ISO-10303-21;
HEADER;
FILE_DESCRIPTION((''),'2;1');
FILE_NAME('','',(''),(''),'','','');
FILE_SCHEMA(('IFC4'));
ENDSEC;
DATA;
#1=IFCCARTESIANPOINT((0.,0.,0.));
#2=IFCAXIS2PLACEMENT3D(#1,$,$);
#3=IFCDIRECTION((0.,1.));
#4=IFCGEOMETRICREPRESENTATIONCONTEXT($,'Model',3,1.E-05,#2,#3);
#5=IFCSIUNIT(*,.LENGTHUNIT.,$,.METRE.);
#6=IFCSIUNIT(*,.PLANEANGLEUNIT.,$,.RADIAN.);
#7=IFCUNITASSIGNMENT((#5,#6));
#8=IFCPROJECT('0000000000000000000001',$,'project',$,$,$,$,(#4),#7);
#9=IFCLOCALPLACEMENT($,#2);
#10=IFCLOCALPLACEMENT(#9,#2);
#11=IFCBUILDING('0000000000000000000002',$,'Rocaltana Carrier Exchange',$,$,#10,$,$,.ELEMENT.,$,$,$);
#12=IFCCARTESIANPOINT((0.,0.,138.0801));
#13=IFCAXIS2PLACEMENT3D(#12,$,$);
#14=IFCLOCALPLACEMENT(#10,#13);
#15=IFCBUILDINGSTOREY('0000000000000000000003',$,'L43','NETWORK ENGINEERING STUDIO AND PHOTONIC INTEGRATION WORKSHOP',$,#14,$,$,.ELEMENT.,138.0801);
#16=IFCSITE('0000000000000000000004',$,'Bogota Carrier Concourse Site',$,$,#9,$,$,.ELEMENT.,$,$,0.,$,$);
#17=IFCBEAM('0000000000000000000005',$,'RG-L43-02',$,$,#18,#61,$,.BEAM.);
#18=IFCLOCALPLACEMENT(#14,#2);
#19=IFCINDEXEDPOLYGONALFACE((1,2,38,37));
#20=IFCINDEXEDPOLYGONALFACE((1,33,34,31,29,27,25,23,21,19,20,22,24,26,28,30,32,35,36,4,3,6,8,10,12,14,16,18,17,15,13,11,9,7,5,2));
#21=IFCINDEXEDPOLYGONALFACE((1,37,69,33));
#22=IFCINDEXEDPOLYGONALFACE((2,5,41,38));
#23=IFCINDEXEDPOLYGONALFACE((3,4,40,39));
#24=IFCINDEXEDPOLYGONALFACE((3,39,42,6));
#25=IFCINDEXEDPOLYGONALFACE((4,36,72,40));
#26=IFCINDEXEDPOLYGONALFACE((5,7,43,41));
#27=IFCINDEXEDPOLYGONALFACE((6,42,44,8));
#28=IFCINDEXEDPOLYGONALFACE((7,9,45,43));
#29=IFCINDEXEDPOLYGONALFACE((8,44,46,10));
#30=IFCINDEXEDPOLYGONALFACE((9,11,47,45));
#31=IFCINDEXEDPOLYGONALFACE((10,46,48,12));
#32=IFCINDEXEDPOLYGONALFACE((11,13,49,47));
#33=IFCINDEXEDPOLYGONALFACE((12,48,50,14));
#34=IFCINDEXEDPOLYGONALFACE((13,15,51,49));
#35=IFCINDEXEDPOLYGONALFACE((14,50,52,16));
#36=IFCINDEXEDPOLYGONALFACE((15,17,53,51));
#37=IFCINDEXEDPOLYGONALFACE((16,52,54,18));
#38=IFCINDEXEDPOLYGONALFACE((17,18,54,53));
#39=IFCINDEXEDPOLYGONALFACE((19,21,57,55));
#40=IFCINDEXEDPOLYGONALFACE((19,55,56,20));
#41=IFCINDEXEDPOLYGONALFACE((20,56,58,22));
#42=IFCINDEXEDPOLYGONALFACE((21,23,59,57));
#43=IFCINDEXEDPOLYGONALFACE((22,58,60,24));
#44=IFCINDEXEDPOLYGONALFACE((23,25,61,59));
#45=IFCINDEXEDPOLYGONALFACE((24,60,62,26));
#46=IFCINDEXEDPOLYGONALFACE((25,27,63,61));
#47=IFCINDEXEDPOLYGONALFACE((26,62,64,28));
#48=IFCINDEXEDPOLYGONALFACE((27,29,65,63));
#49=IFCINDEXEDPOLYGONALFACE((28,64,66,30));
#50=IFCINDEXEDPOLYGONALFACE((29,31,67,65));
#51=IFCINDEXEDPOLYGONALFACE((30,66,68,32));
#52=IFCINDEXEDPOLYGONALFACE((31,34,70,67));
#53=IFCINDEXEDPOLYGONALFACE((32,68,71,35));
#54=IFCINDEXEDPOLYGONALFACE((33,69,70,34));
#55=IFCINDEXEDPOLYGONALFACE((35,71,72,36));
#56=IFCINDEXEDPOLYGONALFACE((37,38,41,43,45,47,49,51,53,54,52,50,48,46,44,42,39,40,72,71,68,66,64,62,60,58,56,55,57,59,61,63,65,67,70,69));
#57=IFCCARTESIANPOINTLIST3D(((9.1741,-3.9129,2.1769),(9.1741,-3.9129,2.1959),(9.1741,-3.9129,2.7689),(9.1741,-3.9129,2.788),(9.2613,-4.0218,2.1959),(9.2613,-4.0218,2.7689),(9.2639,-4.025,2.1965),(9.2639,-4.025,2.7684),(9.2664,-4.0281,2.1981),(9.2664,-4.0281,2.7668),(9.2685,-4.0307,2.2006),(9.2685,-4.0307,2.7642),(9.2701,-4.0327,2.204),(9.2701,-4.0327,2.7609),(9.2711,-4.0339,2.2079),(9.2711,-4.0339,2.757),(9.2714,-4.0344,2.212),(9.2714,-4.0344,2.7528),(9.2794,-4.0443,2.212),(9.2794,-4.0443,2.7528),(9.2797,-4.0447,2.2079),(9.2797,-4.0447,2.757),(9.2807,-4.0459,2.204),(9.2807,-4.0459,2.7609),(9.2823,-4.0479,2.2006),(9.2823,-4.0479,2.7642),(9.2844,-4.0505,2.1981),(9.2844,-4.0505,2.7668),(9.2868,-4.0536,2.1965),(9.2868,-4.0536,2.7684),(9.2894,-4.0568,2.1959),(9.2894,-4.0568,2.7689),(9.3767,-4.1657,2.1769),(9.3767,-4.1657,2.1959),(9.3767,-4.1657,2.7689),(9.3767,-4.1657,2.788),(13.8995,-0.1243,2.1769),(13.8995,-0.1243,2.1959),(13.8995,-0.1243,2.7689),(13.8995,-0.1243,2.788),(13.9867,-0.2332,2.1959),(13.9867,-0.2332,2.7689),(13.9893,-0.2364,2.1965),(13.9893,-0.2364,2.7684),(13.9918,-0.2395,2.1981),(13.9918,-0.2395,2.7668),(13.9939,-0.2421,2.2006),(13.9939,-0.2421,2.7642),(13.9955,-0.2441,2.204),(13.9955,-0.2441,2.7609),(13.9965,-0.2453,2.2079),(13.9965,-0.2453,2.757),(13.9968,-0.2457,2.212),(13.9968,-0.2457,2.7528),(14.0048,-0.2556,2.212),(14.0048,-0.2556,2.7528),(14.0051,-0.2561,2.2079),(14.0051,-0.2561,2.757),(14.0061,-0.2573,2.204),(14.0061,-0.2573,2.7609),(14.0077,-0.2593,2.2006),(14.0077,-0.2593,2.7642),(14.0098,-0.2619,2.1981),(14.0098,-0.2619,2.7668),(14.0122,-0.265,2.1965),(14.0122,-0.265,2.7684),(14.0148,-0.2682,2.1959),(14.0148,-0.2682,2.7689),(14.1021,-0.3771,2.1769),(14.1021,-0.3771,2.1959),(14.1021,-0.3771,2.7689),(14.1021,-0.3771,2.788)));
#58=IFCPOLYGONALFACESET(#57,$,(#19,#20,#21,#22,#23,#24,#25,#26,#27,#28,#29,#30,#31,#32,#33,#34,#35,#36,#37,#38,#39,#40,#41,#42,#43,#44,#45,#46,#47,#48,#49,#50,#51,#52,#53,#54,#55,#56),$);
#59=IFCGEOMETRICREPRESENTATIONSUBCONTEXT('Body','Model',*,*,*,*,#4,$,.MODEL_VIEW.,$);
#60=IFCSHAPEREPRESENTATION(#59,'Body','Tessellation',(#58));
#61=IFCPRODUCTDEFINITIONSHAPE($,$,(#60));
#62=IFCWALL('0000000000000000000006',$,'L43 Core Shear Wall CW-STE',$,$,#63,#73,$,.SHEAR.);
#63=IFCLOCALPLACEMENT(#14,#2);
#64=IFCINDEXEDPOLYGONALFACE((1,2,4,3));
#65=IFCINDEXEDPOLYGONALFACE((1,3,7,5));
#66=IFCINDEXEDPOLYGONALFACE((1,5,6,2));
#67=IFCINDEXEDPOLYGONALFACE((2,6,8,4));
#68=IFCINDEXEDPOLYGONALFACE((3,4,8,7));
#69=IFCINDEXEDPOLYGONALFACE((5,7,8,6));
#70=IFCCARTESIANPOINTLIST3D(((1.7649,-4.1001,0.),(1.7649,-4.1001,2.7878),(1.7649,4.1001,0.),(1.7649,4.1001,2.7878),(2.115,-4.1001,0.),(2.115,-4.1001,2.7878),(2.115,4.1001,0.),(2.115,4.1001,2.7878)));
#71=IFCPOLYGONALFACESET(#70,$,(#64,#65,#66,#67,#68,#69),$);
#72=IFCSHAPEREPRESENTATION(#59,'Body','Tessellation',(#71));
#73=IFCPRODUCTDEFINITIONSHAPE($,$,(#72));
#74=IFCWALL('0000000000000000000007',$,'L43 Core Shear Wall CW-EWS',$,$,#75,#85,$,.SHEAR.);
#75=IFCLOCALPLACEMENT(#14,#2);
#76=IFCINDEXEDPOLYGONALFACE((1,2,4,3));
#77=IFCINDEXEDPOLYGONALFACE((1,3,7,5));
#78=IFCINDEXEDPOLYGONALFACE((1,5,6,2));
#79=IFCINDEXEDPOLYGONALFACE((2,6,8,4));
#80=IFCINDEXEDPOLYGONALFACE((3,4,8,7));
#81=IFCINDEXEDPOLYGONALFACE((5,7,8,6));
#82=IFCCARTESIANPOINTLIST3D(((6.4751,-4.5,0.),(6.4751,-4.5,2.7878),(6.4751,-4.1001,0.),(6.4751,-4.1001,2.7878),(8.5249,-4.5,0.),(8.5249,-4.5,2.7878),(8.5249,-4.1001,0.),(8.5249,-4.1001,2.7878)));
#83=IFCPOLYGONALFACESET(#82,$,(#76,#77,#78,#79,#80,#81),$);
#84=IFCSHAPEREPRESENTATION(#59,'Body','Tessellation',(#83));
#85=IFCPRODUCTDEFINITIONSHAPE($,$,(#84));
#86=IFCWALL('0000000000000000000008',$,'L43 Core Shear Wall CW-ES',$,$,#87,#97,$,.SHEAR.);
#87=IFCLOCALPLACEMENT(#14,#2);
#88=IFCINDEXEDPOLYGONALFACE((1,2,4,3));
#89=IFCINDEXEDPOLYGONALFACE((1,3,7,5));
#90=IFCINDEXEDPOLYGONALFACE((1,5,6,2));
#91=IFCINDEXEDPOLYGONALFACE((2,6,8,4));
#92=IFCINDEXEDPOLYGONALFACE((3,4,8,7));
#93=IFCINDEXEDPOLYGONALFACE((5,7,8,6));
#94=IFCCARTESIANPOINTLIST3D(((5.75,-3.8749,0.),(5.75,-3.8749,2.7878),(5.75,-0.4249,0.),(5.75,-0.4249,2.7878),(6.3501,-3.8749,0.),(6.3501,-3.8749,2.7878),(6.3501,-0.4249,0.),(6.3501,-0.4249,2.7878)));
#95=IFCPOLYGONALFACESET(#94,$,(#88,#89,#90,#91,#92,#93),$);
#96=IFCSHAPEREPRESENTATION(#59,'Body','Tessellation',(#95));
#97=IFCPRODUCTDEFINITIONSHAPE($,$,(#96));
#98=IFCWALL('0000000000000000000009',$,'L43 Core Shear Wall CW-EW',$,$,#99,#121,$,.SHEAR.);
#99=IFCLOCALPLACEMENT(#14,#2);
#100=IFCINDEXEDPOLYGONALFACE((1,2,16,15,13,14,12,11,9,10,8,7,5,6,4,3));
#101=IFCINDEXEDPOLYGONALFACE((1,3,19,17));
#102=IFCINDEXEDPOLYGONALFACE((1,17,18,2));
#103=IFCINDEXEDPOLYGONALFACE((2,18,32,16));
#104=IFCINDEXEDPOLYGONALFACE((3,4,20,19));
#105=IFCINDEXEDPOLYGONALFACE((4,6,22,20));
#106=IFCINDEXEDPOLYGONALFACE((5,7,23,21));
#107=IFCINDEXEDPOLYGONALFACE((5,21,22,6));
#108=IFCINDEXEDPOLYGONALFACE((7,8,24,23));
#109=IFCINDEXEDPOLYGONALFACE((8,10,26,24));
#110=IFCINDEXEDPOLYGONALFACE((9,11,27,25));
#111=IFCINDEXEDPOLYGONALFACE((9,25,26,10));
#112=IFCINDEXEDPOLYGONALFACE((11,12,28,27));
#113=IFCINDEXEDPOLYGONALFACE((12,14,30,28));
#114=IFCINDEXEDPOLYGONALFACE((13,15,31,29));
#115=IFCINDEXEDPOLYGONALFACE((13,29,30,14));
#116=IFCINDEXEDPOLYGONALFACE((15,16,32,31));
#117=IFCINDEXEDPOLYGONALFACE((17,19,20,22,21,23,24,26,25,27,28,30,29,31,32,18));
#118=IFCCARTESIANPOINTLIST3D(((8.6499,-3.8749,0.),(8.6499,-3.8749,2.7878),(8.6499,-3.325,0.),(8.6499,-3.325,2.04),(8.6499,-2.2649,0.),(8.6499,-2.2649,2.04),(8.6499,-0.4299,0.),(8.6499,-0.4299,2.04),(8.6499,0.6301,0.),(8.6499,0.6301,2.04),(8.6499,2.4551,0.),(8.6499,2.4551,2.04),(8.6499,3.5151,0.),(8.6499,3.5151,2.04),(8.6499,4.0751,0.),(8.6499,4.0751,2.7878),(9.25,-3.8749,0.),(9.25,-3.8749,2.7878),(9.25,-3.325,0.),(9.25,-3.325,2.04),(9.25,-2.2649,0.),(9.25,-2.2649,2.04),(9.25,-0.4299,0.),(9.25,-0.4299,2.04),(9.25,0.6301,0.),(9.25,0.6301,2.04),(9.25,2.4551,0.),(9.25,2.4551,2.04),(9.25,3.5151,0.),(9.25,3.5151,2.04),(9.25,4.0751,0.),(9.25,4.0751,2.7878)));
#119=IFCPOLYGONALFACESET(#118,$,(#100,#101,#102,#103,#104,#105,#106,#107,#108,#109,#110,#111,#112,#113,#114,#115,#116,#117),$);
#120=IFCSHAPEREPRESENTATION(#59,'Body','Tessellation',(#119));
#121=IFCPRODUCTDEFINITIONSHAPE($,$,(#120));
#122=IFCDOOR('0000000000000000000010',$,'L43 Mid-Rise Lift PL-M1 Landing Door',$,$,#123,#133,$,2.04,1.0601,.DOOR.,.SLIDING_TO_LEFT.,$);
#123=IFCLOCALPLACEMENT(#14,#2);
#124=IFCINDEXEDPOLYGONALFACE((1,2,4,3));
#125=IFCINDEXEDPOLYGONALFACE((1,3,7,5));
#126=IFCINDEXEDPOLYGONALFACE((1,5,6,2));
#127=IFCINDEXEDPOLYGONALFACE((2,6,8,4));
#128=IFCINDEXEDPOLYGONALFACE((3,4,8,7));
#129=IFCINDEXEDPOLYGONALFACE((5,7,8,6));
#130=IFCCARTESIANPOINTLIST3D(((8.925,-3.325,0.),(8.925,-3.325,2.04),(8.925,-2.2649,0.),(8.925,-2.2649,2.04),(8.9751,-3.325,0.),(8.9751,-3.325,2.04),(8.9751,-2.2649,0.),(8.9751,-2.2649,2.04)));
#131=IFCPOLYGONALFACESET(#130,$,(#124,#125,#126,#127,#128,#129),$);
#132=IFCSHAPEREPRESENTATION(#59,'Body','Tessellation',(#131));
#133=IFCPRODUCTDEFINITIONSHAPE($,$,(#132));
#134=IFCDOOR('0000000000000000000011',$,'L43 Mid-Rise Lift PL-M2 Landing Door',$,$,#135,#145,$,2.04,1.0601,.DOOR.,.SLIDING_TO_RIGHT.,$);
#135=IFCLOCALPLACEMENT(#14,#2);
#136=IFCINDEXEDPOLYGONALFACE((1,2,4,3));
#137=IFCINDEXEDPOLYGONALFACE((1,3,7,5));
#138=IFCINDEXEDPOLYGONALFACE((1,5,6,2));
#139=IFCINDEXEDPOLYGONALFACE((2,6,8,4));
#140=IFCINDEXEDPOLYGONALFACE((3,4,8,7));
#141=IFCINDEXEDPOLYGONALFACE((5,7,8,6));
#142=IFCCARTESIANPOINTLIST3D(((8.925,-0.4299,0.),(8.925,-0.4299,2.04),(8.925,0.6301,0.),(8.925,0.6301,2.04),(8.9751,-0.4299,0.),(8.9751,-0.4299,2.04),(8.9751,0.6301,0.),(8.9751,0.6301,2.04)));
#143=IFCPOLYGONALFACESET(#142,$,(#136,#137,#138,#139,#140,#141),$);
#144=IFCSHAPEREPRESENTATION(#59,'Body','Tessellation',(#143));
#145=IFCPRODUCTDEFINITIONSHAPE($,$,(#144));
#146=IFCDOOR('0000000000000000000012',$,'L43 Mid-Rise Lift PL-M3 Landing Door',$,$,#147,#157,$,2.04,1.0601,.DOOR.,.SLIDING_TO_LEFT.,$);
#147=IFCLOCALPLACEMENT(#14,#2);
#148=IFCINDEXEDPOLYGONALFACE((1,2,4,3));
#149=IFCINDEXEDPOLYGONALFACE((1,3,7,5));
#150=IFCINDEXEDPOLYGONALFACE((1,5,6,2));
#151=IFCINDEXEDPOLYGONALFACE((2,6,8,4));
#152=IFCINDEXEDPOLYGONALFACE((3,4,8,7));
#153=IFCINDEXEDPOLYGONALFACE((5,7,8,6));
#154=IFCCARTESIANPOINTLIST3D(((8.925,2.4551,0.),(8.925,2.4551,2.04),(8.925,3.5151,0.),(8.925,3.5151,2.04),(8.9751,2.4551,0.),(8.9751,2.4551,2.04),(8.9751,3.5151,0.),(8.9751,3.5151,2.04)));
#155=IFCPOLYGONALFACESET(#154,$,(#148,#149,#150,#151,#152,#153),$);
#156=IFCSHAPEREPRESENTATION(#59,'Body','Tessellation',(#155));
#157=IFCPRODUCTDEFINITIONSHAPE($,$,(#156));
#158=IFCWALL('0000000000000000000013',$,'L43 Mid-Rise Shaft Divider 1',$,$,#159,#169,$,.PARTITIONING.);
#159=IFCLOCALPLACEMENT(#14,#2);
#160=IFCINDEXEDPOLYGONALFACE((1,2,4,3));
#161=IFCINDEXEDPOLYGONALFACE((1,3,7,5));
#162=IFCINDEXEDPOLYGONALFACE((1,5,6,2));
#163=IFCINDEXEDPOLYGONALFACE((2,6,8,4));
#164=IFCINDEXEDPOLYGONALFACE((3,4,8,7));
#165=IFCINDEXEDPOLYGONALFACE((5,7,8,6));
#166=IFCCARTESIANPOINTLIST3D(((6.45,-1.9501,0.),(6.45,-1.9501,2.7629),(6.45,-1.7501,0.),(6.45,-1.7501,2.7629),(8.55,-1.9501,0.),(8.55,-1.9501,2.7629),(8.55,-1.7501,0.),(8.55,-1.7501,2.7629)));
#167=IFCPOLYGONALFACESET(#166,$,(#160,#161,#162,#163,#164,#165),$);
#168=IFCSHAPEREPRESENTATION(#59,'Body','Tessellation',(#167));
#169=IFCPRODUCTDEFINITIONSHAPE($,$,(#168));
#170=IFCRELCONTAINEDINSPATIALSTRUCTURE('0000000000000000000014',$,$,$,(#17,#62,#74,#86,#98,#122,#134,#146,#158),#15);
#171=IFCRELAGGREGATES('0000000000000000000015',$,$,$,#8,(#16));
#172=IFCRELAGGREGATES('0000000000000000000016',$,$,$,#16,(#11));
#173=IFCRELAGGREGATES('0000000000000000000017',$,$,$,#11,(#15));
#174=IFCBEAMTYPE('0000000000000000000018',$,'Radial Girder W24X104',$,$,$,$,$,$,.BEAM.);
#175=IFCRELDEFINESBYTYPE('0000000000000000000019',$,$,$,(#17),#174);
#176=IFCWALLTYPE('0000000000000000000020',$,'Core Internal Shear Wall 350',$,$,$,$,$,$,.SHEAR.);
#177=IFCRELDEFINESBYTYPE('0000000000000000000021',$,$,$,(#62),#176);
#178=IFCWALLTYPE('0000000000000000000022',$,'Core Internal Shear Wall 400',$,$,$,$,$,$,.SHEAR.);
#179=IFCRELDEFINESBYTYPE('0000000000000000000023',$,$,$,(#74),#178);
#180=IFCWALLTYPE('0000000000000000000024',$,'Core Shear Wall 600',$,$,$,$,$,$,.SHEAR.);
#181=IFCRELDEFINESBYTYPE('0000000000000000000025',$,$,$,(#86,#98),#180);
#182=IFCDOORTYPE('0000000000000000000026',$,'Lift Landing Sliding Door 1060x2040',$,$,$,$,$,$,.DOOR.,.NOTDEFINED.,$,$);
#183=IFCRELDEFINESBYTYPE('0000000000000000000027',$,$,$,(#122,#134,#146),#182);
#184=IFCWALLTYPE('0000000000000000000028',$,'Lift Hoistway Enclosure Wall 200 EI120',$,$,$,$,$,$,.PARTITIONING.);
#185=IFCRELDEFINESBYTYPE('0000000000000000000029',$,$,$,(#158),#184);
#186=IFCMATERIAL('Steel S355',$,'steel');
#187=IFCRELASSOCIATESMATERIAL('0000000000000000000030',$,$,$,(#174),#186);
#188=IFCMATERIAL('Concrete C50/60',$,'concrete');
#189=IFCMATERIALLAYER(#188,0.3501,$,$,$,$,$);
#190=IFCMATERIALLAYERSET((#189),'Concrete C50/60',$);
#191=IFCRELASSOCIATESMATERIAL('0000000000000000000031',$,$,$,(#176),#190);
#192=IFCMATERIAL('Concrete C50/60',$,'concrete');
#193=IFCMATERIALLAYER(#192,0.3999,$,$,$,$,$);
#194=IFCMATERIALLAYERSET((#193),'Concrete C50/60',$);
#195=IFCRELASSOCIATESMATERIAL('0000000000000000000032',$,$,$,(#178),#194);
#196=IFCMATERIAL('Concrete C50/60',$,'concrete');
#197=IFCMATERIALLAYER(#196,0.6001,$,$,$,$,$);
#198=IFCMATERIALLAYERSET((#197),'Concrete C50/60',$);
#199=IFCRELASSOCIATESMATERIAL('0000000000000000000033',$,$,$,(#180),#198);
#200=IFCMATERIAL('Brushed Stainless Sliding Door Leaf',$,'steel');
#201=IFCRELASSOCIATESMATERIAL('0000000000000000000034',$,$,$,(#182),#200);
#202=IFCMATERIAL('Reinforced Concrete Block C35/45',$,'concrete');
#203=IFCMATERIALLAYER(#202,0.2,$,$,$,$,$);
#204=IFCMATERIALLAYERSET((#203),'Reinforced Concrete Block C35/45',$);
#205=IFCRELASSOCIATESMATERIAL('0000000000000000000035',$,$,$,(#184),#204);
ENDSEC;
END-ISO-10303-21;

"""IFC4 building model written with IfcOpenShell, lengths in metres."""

from ifc_helpers import new_model, si_unit, direction, frame, frame_2d, origin, origin_2d, place, context, subcontext, project, spatial, rectangle, i_section, extrude, material, layer, layer_set, material_profile, profile_set, type_object, element, fill, save


model = new_model("IFC4")

# Units and contexts
model_context = context("Model", 3, precision=1e-05, world=origin(), true_north=direction((0.0, 1.0)))
body_context = subcontext(model_context, "Body", "Model", "MODEL_VIEW")
ifc_project = project(units=[si_unit("LENGTHUNIT", "METRE"), si_unit("PLANEANGLEUNIT", "RADIAN")], contexts=[model_context])

# Site, building, storey
site_placement = place(None, origin())
site = spatial("IfcSite", under=ifc_project, at=site_placement, Name="Bogota Carrier Concourse Site", CompositionType="ELEMENT", RefElevation=0.0)
building_placement = place(site_placement, origin())
building = spatial("IfcBuilding", under=site, at=building_placement, Name="Rocaltana Carrier Exchange", CompositionType="ELEMENT")
storey_placement = place(building_placement, frame((0.0, 0.0, 138.0801)))
storey = spatial("IfcBuildingStorey", under=building, at=storey_placement, Name="L43", Description="NETWORK ENGINEERING STUDIO AND PHOTONIC INTEGRATION WORKSHOP", CompositionType="ELEMENT", Elevation=138.0801)

# Beam
ifc_material_1 = material(Name="Steel S355", Category="steel")
ifc_material_profile_1 = material_profile(ifc_material_1, i_section(OverallWidth=0.324, OverallDepth=0.6111, WebThickness=0.0127, FlangeThickness=0.019, FilletRadius=0.0161, at=origin_2d()), Name="W24X104")
ifc_profile_set_1 = profile_set([ifc_material_profile_1], Name="Steel S355")
beam_type = type_object("IfcBeamType", Name="Radial Girder W24X104", PredefinedType="BEAM", material=ifc_profile_set_1)
beam_1_placement = place(storey_placement, frame((9.2754, -4.0393, 2.4824), z_axis=(0.7802, 0.62553, 0.0), x_axis=(-0.62553, 0.7802, 0.0)))
element("IfcBeam", 1, at=beam_1_placement, inside=storey, type_object=beam_type, Name="RG-L43-02", PredefinedType="BEAM", context=body_context, shape_type="SweptSolid", body=[
    extrude(i_section(OverallWidth=0.324, OverallDepth=0.6111, WebThickness=0.0127, FlangeThickness=0.019, FilletRadius=0.0161, at=origin_2d()), origin(), (0.0, 0.0, 1.0), 6.0566),
])

# Walls
ifc_material_2 = material(Name="Concrete C50/60", Category="concrete")
ifc_layer_1 = layer(ifc_material_2, 0.3501)
ifc_layer_set_1 = layer_set([ifc_layer_1], Name="Concrete C50/60")
wall_type_1 = type_object("IfcWallType", Name="Core Internal Shear Wall 350", PredefinedType="SHEAR", material=ifc_layer_set_1)
wall_1_placement = place(storey_placement, frame((1.9399, -4.1001, 0.0), z_axis=(0.0, 0.0, 1.0), x_axis=(0.0, 1.0, 0.0)))
element("IfcWall", 2, at=wall_1_placement, inside=storey, type_object=wall_type_1, Name="L43 Core Shear Wall CW-STE", PredefinedType="SHEAR", context=body_context, shape_type="SweptSolid", body=[
    extrude(rectangle(XDim=8.2002, YDim=0.3501, at=frame_2d((4.1001, 0.0))), origin(), (0.0, 0.0, 1.0), 2.7878),
])
ifc_material_3 = material(Name="Concrete C50/60", Category="concrete")
ifc_layer_2 = layer(ifc_material_3, 0.3999)
ifc_layer_set_2 = layer_set([ifc_layer_2], Name="Concrete C50/60")
wall_type_2 = type_object("IfcWallType", Name="Core Internal Shear Wall 400", PredefinedType="SHEAR", material=ifc_layer_set_2)
wall_2_placement = place(storey_placement, frame((6.4751, -4.3, 0.0), z_axis=(0.0, 0.0, 1.0), x_axis=(1.0, 0.0, 0.0)))
element("IfcWall", 3, at=wall_2_placement, inside=storey, type_object=wall_type_2, Name="L43 Core Shear Wall CW-EWS", PredefinedType="SHEAR", context=body_context, shape_type="SweptSolid", body=[
    extrude(rectangle(XDim=2.0498, YDim=0.3999, at=frame_2d((1.0249, 0.0))), origin(), (0.0, 0.0, 1.0), 2.7878),
])
ifc_material_4 = material(Name="Concrete C50/60", Category="concrete")
ifc_layer_3 = layer(ifc_material_4, 0.6001)
ifc_layer_set_3 = layer_set([ifc_layer_3], Name="Concrete C50/60")
wall_type_3 = type_object("IfcWallType", Name="Core Shear Wall 600", PredefinedType="SHEAR", material=ifc_layer_set_3)
wall_3_placement = place(storey_placement, frame((6.05, -3.875, 0.0), z_axis=(0.0, 0.0, 1.0), x_axis=(0.0, 1.0, 0.0)))
element("IfcWall", 4, at=wall_3_placement, inside=storey, type_object=wall_type_3, Name="L43 Core Shear Wall CW-ES", PredefinedType="SHEAR", context=body_context, shape_type="SweptSolid", body=[
    extrude(rectangle(XDim=3.45, YDim=0.6001, at=frame_2d((1.7251, 0.0))), origin(), (0.0, 0.0, 1.0), 2.7878),
])

# Wall, openings, doors
wall_4_placement = place(storey_placement, frame((8.95, -3.875, 0.0), z_axis=(0.0, 0.0, 1.0), x_axis=(0.0, 1.0, 0.0)))
wall_4 = element("IfcWall", 5, at=wall_4_placement, inside=storey, type_object=wall_type_3, Name="L43 Core Shear Wall CW-EW", PredefinedType="SHEAR", context=body_context, shape_type="SweptSolid", body=[
    extrude(rectangle(XDim=7.95, YDim=0.6001, at=frame_2d((3.9751, 0.0))), origin(), (0.0, 0.0, 1.0), 2.7878),
])
opening_1_placement = place(wall_4_placement, frame((0.55, 0.0, 0.0)))
opening_1 = element("IfcOpeningElement", 6, at=opening_1_placement, cuts=wall_4, PredefinedType="OPENING", context=body_context, shape_type="SweptSolid", body=[
    extrude(rectangle(XDim=1.0601, YDim=2.04, at=frame_2d((0.53, 1.02))), frame((0.0, 0.3101, 0.0), z_axis=(0.0, -1.0, 0.0), x_axis=(1.0, 0.0, 0.0)), (0.0, 0.0, 1.0), 0.6201),
])
opening_2_placement = place(wall_4_placement, frame((3.4451, 0.0, 0.0)))
opening_2 = element("IfcOpeningElement", 7, at=opening_2_placement, cuts=wall_4, PredefinedType="OPENING", context=body_context, shape_type="SweptSolid", body=[
    extrude(rectangle(XDim=1.0601, YDim=2.04, at=frame_2d((0.53, 1.02))), frame((0.0, 0.3101, 0.0), z_axis=(0.0, -1.0, 0.0), x_axis=(1.0, 0.0, 0.0)), (0.0, 0.0, 1.0), 0.6201),
])
opening_3_placement = place(wall_4_placement, frame((6.3301, 0.0, 0.0)))
opening_3 = element("IfcOpeningElement", 8, at=opening_3_placement, cuts=wall_4, PredefinedType="OPENING", context=body_context, shape_type="SweptSolid", body=[
    extrude(rectangle(XDim=1.0601, YDim=2.04, at=frame_2d((0.53, 1.02))), frame((0.0, 0.3101, 0.0), z_axis=(0.0, -1.0, 0.0), x_axis=(1.0, 0.0, 0.0)), (0.0, 0.0, 1.0), 0.6201),
])
ifc_material_5 = material(Name="Brushed Stainless Sliding Door Leaf", Category="steel")
door_type = type_object("IfcDoorType", Name="Lift Landing Sliding Door 1060x2040", OperationType="NOTDEFINED", PredefinedType="DOOR", material=ifc_material_5)
door_1_placement = place(opening_1_placement, origin())
door_1 = element("IfcDoor", 9, at=door_1_placement, inside=storey, type_object=door_type, Name="L43 Mid-Rise Lift PL-M1 Landing Door", OperationType="SLIDING_TO_LEFT", OverallHeight=2.04, OverallWidth=1.0601, PredefinedType="DOOR", context=body_context, shape_type="SweptSolid", body=[
    extrude(rectangle(XDim=1.0601, YDim=2.04, at=frame_2d((0.53, 1.02))), frame((0.0, 0.0249, 0.0), z_axis=(0.0, -1.0, 0.0), x_axis=(1.0, 0.0, 0.0)), (0.0, 0.0, 1.0), 0.05),
])
fill(opening_1, door_1)
door_2_placement = place(opening_2_placement, origin())
door_2 = element("IfcDoor", 10, at=door_2_placement, inside=storey, type_object=door_type, Name="L43 Mid-Rise Lift PL-M2 Landing Door", OperationType="SLIDING_TO_RIGHT", OverallHeight=2.04, OverallWidth=1.0601, PredefinedType="DOOR", context=body_context, shape_type="SweptSolid", body=[
    extrude(rectangle(XDim=1.0601, YDim=2.04, at=frame_2d((0.53, 1.02))), frame((0.0, 0.0249, 0.0), z_axis=(0.0, -1.0, 0.0), x_axis=(1.0, 0.0, 0.0)), (0.0, 0.0, 1.0), 0.05),
])
fill(opening_2, door_2)
door_3_placement = place(opening_3_placement, origin())
door_3 = element("IfcDoor", 11, at=door_3_placement, inside=storey, type_object=door_type, Name="L43 Mid-Rise Lift PL-M3 Landing Door", OperationType="SLIDING_TO_LEFT", OverallHeight=2.04, OverallWidth=1.0601, PredefinedType="DOOR", context=body_context, shape_type="SweptSolid", body=[
    extrude(rectangle(XDim=1.0601, YDim=2.04, at=frame_2d((0.53, 1.02))), frame((0.0, 0.0249, 0.0), z_axis=(0.0, -1.0, 0.0), x_axis=(1.0, 0.0, 0.0)), (0.0, 0.0, 1.0), 0.05),
])
fill(opening_3, door_3)

# Wall
ifc_material_6 = material(Name="Reinforced Concrete Block C35/45", Category="concrete")
ifc_layer_4 = layer(ifc_material_6, 0.2)
ifc_layer_set_4 = layer_set([ifc_layer_4], Name="Reinforced Concrete Block C35/45")
wall_type_4 = type_object("IfcWallType", Name="Lift Hoistway Enclosure Wall 200 EI120", PredefinedType="PARTITIONING", material=ifc_layer_set_4)
wall_5_placement = place(storey_placement, frame((6.45, -1.8501, 0.0), z_axis=(0.0, 0.0, 1.0), x_axis=(1.0, 0.0, 0.0)))
element("IfcWall", 12, at=wall_5_placement, inside=storey, type_object=wall_type_4, Name="L43 Mid-Rise Shaft Divider 1", PredefinedType="PARTITIONING", context=body_context, shape_type="SweptSolid", body=[
    extrude(rectangle(XDim=2.1001, YDim=0.2, at=frame_2d((1.05, 0.0))), origin(), (0.0, 0.0, 1.0), 2.7629),
])

save(model, "model.ifc")
